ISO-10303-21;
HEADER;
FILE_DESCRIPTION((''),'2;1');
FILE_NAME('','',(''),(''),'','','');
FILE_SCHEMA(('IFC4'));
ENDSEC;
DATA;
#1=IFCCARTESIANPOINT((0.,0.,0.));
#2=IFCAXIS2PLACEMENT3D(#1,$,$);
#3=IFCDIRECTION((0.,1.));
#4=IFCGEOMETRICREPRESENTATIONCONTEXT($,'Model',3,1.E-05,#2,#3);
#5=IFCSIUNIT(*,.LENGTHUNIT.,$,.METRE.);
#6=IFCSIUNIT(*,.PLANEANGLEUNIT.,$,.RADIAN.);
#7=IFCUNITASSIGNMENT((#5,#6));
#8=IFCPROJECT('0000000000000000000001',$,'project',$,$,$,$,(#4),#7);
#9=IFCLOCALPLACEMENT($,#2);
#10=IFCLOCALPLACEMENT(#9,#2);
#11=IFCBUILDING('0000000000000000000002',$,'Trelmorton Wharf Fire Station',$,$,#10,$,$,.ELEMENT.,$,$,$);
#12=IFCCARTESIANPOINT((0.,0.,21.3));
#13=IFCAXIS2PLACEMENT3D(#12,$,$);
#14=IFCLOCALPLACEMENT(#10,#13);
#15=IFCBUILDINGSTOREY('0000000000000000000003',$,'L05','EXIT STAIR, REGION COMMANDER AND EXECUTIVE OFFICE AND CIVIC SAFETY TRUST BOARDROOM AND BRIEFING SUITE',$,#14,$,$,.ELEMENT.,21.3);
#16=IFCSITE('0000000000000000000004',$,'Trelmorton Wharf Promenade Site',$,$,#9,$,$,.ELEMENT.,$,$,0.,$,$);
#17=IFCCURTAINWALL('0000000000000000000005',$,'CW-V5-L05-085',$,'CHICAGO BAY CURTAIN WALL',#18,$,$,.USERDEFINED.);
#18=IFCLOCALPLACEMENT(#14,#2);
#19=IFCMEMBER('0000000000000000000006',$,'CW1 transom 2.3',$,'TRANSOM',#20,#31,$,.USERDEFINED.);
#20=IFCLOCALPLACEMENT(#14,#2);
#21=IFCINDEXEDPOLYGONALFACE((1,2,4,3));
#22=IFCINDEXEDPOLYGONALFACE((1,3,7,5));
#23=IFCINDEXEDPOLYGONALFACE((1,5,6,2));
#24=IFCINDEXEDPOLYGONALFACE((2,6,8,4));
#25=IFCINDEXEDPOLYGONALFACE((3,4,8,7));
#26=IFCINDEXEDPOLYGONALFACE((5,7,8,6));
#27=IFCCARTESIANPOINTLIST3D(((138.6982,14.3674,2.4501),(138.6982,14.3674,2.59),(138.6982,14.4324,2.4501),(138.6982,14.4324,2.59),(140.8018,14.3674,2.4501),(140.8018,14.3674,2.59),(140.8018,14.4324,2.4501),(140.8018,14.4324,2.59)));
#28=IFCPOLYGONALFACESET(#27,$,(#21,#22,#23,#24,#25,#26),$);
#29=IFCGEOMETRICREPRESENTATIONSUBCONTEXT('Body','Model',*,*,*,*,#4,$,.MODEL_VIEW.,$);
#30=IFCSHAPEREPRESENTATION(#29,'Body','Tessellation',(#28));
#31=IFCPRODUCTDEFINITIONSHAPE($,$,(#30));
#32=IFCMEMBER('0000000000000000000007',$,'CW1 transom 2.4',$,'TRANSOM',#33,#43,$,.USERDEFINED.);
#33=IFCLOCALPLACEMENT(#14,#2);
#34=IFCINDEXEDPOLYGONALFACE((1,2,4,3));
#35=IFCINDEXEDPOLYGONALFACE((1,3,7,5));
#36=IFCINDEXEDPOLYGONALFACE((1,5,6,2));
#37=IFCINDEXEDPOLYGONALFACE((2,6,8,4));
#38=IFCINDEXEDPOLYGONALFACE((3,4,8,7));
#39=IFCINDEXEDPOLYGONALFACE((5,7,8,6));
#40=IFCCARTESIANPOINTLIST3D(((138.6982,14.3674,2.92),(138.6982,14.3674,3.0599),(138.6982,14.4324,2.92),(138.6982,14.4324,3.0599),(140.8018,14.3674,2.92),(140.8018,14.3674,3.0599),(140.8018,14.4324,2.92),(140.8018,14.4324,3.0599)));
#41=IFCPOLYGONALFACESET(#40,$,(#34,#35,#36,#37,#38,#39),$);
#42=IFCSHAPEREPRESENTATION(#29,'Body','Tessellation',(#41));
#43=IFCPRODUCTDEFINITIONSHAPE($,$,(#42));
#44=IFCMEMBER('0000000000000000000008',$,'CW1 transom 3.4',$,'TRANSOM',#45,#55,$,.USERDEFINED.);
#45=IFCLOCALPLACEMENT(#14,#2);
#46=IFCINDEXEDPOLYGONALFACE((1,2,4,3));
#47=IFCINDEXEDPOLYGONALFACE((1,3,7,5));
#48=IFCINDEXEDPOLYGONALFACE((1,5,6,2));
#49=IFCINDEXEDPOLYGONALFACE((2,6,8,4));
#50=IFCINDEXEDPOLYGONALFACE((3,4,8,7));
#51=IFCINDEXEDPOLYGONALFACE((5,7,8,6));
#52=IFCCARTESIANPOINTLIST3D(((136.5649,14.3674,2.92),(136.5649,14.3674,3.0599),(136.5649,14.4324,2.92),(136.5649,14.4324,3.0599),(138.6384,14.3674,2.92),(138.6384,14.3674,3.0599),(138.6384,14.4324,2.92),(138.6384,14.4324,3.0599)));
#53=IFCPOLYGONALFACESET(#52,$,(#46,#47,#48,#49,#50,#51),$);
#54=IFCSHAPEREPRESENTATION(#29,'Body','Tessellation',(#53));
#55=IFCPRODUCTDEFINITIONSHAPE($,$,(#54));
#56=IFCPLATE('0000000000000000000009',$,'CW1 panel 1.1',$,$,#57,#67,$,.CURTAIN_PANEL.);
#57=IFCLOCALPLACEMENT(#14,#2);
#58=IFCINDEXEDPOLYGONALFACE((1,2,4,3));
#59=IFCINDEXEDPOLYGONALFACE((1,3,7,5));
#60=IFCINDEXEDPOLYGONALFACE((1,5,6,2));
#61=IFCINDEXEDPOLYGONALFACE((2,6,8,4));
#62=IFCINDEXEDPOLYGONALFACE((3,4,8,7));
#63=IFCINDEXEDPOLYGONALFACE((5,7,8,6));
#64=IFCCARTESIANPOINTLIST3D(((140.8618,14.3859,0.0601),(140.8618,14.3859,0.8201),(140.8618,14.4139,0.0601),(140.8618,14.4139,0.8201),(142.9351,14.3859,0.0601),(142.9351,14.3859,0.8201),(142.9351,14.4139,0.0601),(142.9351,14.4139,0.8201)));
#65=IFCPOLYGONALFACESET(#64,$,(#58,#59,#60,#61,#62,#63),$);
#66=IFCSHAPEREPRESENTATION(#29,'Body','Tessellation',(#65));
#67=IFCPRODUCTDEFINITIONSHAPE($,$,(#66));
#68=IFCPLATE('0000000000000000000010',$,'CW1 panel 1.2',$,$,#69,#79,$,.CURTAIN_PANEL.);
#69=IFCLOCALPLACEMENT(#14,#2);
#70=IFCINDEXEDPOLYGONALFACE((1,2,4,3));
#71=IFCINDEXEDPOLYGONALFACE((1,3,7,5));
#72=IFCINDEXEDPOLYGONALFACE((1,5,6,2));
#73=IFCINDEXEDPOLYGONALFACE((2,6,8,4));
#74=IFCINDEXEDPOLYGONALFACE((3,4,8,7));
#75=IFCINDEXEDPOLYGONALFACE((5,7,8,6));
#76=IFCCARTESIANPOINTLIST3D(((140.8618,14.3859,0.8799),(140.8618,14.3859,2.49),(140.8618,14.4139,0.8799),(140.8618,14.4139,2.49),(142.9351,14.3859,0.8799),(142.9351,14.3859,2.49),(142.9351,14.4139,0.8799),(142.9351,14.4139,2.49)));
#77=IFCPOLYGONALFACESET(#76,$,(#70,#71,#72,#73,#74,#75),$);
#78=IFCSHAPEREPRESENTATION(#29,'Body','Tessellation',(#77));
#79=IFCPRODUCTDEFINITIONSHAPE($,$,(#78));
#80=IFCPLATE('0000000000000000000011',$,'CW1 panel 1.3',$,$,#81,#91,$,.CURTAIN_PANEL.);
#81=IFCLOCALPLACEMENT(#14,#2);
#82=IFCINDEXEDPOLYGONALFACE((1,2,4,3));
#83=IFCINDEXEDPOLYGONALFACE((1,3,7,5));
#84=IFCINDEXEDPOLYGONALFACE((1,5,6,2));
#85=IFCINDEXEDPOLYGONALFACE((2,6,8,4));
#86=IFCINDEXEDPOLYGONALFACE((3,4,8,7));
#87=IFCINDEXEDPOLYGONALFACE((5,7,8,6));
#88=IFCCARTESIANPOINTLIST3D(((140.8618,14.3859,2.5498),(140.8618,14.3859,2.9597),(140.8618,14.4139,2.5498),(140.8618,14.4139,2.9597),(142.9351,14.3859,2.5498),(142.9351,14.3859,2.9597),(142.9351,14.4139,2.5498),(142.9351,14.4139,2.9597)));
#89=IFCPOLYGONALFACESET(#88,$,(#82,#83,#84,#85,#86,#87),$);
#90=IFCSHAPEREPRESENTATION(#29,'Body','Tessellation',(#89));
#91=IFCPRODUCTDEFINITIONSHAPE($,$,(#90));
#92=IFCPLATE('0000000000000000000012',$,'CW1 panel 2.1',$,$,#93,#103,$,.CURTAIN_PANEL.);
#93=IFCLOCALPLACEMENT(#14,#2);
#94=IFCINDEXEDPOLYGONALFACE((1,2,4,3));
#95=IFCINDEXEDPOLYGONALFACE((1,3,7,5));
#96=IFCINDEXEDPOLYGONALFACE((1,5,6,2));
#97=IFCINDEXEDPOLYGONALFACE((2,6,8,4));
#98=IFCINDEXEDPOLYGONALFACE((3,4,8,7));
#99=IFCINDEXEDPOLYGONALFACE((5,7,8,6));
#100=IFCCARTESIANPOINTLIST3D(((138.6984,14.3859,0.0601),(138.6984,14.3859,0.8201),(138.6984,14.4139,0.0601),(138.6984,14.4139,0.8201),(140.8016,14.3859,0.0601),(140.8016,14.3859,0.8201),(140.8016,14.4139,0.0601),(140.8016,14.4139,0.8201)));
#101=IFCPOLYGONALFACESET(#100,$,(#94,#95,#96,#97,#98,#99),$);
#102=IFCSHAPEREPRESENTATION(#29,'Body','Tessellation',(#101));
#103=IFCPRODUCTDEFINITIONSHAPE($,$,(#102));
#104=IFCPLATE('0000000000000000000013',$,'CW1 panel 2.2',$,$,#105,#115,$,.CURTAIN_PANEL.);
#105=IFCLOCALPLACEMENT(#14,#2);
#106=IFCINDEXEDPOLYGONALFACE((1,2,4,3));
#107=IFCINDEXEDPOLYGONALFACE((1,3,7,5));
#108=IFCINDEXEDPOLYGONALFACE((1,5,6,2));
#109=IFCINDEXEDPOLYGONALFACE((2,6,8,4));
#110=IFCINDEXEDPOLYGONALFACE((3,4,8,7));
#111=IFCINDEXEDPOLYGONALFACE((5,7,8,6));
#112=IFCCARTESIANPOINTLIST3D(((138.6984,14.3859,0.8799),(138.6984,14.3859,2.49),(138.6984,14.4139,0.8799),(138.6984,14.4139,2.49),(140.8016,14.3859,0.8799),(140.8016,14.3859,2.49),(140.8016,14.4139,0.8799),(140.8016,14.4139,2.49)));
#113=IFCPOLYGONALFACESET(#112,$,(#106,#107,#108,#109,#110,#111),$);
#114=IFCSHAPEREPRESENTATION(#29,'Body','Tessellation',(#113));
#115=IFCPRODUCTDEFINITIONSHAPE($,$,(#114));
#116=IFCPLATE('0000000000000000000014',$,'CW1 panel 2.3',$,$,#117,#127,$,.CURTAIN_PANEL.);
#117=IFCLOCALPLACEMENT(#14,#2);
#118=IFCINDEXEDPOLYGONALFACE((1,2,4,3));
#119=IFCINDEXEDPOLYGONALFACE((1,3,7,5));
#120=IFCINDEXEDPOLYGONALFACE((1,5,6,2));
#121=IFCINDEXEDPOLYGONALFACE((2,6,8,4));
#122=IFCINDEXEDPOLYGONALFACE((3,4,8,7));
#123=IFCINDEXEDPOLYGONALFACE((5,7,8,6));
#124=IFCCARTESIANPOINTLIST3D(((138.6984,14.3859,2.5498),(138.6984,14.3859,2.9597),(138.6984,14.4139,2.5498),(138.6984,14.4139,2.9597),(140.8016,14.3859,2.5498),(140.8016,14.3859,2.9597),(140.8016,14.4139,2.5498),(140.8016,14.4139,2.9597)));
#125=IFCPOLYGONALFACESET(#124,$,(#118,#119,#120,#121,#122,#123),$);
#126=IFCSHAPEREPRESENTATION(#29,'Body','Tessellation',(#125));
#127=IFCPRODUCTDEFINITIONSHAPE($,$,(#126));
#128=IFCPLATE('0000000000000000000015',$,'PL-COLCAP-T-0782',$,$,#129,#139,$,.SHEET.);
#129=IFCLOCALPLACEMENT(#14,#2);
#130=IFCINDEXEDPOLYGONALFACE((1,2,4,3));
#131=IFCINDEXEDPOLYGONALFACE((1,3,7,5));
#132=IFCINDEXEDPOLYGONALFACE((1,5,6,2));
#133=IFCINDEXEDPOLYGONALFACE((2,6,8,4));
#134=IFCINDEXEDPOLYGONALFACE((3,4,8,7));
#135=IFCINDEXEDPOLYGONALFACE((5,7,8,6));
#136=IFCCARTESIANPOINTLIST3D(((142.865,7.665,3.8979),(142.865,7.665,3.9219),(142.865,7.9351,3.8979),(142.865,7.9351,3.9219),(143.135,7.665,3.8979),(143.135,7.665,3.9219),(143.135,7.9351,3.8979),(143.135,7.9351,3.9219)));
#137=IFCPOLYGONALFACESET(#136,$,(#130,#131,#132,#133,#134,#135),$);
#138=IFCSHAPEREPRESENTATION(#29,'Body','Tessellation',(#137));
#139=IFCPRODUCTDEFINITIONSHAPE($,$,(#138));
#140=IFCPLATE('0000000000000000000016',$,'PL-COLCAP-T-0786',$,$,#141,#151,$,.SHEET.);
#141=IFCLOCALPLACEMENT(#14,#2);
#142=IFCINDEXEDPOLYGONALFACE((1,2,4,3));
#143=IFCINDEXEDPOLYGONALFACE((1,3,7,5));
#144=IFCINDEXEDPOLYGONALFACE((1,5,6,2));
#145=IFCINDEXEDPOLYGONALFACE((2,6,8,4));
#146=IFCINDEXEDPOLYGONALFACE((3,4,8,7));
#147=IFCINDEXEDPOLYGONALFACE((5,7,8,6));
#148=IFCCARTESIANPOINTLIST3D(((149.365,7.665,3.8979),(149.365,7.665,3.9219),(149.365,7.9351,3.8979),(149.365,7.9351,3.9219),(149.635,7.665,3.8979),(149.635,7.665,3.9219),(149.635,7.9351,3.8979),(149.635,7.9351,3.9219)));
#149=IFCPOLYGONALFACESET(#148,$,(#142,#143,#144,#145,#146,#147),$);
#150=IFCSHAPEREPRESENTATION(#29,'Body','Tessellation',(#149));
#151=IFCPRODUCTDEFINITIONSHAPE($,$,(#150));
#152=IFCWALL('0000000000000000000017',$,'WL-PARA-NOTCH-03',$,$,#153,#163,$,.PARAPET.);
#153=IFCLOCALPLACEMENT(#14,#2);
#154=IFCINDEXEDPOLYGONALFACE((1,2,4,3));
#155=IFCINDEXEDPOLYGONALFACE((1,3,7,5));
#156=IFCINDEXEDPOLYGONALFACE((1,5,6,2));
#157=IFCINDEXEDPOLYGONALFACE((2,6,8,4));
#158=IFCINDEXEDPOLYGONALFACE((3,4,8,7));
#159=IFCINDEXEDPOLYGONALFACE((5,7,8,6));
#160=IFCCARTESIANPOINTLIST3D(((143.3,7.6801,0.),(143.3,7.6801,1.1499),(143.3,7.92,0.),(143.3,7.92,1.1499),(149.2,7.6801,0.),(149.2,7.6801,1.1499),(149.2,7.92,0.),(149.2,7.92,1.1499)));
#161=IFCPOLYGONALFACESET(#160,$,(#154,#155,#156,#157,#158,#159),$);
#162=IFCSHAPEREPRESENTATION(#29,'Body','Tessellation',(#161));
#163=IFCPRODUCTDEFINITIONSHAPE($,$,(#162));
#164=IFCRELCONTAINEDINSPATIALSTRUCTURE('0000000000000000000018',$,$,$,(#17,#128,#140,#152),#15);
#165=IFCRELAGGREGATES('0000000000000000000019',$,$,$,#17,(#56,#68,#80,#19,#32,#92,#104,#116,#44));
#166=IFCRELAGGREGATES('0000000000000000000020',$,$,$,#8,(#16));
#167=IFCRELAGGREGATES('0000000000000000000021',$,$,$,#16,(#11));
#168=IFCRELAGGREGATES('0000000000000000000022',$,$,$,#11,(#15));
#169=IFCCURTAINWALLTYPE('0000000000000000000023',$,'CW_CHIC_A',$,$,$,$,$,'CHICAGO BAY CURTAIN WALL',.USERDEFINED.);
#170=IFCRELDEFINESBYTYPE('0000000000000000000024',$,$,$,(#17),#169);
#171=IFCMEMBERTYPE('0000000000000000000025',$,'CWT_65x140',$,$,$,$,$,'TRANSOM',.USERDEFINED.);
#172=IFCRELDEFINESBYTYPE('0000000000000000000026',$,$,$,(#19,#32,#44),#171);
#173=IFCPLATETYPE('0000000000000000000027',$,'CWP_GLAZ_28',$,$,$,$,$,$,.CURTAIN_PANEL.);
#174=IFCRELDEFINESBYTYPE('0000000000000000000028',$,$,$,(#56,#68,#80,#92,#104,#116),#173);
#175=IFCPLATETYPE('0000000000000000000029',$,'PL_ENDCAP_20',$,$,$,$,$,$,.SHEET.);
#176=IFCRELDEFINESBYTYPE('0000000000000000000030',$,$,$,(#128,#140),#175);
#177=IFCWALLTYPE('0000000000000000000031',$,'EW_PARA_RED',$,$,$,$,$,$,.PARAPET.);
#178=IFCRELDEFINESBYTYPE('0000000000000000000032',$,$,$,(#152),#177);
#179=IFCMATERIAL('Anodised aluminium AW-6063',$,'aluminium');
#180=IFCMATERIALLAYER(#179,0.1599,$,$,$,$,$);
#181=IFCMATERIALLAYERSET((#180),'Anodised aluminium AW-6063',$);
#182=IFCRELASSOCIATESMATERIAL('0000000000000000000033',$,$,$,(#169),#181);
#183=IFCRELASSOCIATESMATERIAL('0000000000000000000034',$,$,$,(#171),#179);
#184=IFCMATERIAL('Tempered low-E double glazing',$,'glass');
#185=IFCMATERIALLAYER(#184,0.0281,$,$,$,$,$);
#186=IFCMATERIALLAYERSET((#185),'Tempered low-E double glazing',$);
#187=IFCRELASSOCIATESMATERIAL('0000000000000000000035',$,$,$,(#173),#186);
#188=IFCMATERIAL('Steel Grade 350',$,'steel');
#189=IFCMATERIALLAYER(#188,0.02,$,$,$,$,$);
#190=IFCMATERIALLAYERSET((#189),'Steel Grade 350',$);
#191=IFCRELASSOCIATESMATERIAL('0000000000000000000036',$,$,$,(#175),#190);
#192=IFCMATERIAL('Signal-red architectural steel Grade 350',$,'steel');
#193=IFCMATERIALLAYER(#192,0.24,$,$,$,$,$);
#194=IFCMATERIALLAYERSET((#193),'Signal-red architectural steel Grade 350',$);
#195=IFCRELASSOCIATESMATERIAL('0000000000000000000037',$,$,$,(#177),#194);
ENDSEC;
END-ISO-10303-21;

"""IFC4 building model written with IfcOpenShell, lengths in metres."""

from ifc_helpers import new_model, si_unit, direction, frame, frame_2d, origin, origin_2d, place, context, subcontext, project, spatial, rectangle, extrude, material, layer, layer_set, material_profile, profile_set, type_object, element, aggregate, save


model = new_model("IFC4")

# Units and contexts
model_context = context("Model", 3, precision=1e-05, world=origin(), true_north=direction((0.0, 1.0)))
body_context = subcontext(model_context, "Body", "Model", "MODEL_VIEW")
ifc_project = project(units=[si_unit("LENGTHUNIT", "METRE"), si_unit("PLANEANGLEUNIT", "RADIAN")], contexts=[model_context])

# Site, building, storey
site_placement = place(None, origin())
site = spatial("IfcSite", under=ifc_project, at=site_placement, Name="Trelmorton Wharf Promenade Site", CompositionType="ELEMENT", RefElevation=0.0)
building_placement = place(site_placement, origin())
building = spatial("IfcBuilding", under=site, at=building_placement, Name="Trelmorton Wharf Fire Station", CompositionType="ELEMENT")
storey_placement = place(building_placement, frame((0.0, 0.0, 21.3)))
storey = spatial("IfcBuildingStorey", under=building, at=storey_placement, Name="L05", Description="EXIT STAIR, REGION COMMANDER AND EXECUTIVE OFFICE AND CIVIC SAFETY TRUST BOARDROOM AND BRIEFING SUITE", CompositionType="ELEMENT", Elevation=21.3)

# Shared definitions
ifc_material_1 = material(Name="Steel Grade 350", Category="steel")
ifc_material_2 = material(Name="Signal-red architectural steel Grade 350", Category="steel")

# Curtain wall, members, plates
ifc_material_3 = material(Name="Anodised aluminium AW-6063", Category="aluminium")
ifc_layer_1 = layer(ifc_material_3, 0.1599)
ifc_layer_set_1 = layer_set([ifc_layer_1], Name="Anodised aluminium AW-6063")
curtain_wall_type = type_object("IfcCurtainWallType", Name="CW_CHIC_A", ElementType="CHICAGO BAY CURTAIN WALL", PredefinedType="USERDEFINED", material=ifc_layer_set_1)
curtain_wall_placement = place(storey_placement, origin())
curtain_wall = element("IfcCurtainWall", 1, at=curtain_wall_placement, inside=storey, type_object=curtain_wall_type, Name="CW-V5-L05-085", ObjectType="CHICAGO BAY CURTAIN WALL", PredefinedType="USERDEFINED")
ifc_material_profile_1 = material_profile(ifc_material_3, rectangle(XDim=0.0649, YDim=0.1399, at=origin_2d()), Name="ALU-65x140")
ifc_profile_set_1 = profile_set([ifc_material_profile_1], Name="Anodised aluminium AW-6063")
member_type_1 = type_object("IfcMemberType", Name="CWT_65x140", ElementType="TRANSOM", PredefinedType="USERDEFINED", material=ifc_profile_set_1)
member_1_placement = place(storey_placement, frame((140.8018, 14.3999, 2.52), z_axis=(-1.0, 0.0, 0.0), x_axis=(0.0, -1.0, 0.0)))
member_1 = element("IfcMember", 2, at=member_1_placement, type_object=member_type_1, Name="CW1 transom 2.3", ObjectType="TRANSOM", PredefinedType="USERDEFINED", context=body_context, shape_type="SweptSolid", body=[
    extrude(rectangle(XDim=0.0649, YDim=0.1399, at=origin_2d()), origin(), (0.0, 0.0, 1.0), 2.1035),
])
member_2_placement = place(storey_placement, frame((140.8018, 14.3999, 2.99), z_axis=(-1.0, 0.0, 0.0), x_axis=(0.0, -1.0, 0.0)))
member_2 = element("IfcMember", 3, at=member_2_placement, type_object=member_type_1, Name="CW1 transom 2.4", ObjectType="TRANSOM", PredefinedType="USERDEFINED", context=body_context, shape_type="SweptSolid", body=[
    extrude(rectangle(XDim=0.0649, YDim=0.1399, at=origin_2d()), origin(), (0.0, 0.0, 1.0), 2.1035),
])
member_3_placement = place(storey_placement, frame((138.6384, 14.3999, 2.99), z_axis=(-1.0, 0.0, 0.0), x_axis=(0.0, -1.0, 0.0)))
member_3 = element("IfcMember", 4, at=member_3_placement, type_object=member_type_1, Name="CW1 transom 3.4", ObjectType="TRANSOM", PredefinedType="USERDEFINED", context=body_context, shape_type="SweptSolid", body=[
    extrude(rectangle(XDim=0.0649, YDim=0.1399, at=origin_2d()), origin(), (0.0, 0.0, 1.0), 2.0735),
])
ifc_material_4 = material(Name="Tempered low-E double glazing", Category="glass")
ifc_layer_2 = layer(ifc_material_4, 0.0281)
ifc_layer_set_2 = layer_set([ifc_layer_2], Name="Tempered low-E double glazing")
plate_type_1 = type_object("IfcPlateType", Name="CWP_GLAZ_28", PredefinedType="CURTAIN_PANEL", material=ifc_layer_set_2)
plate_1_placement = place(storey_placement, frame((141.8984, 14.3999, 0.0601), z_axis=(0.0, 0.0, 1.0), x_axis=(-1.0, 0.0, 0.0)))
plate_1 = element("IfcPlate", 5, at=plate_1_placement, type_object=plate_type_1, Name="CW1 panel 1.1", PredefinedType="CURTAIN_PANEL", context=body_context, shape_type="SweptSolid", body=[
    extrude(rectangle(XDim=2.0732, YDim=0.0281, at=origin_2d()), origin(), (0.0, 0.0, 1.0), 0.76),
])
plate_2_placement = place(storey_placement, frame((141.8984, 14.3999, 0.8799), z_axis=(0.0, 0.0, 1.0), x_axis=(-1.0, 0.0, 0.0)))
plate_2 = element("IfcPlate", 6, at=plate_2_placement, type_object=plate_type_1, Name="CW1 panel 1.2", PredefinedType="CURTAIN_PANEL", context=body_context, shape_type="SweptSolid", body=[
    extrude(rectangle(XDim=2.0732, YDim=0.0281, at=origin_2d()), origin(), (0.0, 0.0, 1.0), 1.6101),
])
plate_3_placement = place(storey_placement, frame((141.8984, 14.3999, 2.5498), z_axis=(0.0, 0.0, 1.0), x_axis=(-1.0, 0.0, 0.0)))
plate_3 = element("IfcPlate", 7, at=plate_3_placement, type_object=plate_type_1, Name="CW1 panel 1.3", PredefinedType="CURTAIN_PANEL", context=body_context, shape_type="SweptSolid", body=[
    extrude(rectangle(XDim=2.0732, YDim=0.0281, at=origin_2d()), origin(), (0.0, 0.0, 1.0), 0.4099),
])
plate_4_placement = place(storey_placement, frame((139.75, 14.3999, 0.0601), z_axis=(0.0, 0.0, 1.0), x_axis=(-1.0, 0.0, 0.0)))
plate_4 = element("IfcPlate", 8, at=plate_4_placement, type_object=plate_type_1, Name="CW1 panel 2.1", PredefinedType="CURTAIN_PANEL", context=body_context, shape_type="SweptSolid", body=[
    extrude(rectangle(XDim=2.1033, YDim=0.0281, at=origin_2d()), origin(), (0.0, 0.0, 1.0), 0.76),
])
plate_5_placement = place(storey_placement, frame((139.75, 14.3999, 0.8799), z_axis=(0.0, 0.0, 1.0), x_axis=(-1.0, 0.0, 0.0)))
plate_5 = element("IfcPlate", 9, at=plate_5_placement, type_object=plate_type_1, Name="CW1 panel 2.2", PredefinedType="CURTAIN_PANEL", context=body_context, shape_type="SweptSolid", body=[
    extrude(rectangle(XDim=2.1033, YDim=0.0281, at=origin_2d()), origin(), (0.0, 0.0, 1.0), 1.6101),
])
plate_6_placement = place(storey_placement, frame((139.75, 14.3999, 2.5498), z_axis=(0.0, 0.0, 1.0), x_axis=(-1.0, 0.0, 0.0)))
plate_6 = element("IfcPlate", 10, at=plate_6_placement, type_object=plate_type_1, Name="CW1 panel 2.3", PredefinedType="CURTAIN_PANEL", context=body_context, shape_type="SweptSolid", body=[
    extrude(rectangle(XDim=2.1033, YDim=0.0281, at=origin_2d()), origin(), (0.0, 0.0, 1.0), 0.4099),
])
aggregate(curtain_wall, [plate_1, plate_2, plate_3, member_1, member_2, plate_4, plate_5, plate_6, member_3])

# Plates
ifc_layer_3 = layer(ifc_material_1, 0.02)
ifc_layer_set_3 = layer_set([ifc_layer_3], Name="Steel Grade 350")
plate_type_2 = type_object("IfcPlateType", Name="PL_ENDCAP_20", PredefinedType="SHEET", material=ifc_layer_set_3)
for number, where, z_axis, x_axis, name in (
    (11, (143.0, 7.8, 3.8979), (0.0, 0.0, 1.0), (1.0, 0.0, 0.0), "PL-COLCAP-T-0782"),
    (12, (149.5, 7.8, 3.8979), (0.0, 0.0, 1.0), (1.0, 0.0, 0.0), "PL-COLCAP-T-0786"),
):
    element("IfcPlate", number, at=place(storey_placement, frame(where, z_axis=z_axis, x_axis=x_axis)), inside=storey, type_object=plate_type_2, Name=name, PredefinedType="SHEET", context=body_context, shape_type="SweptSolid", body=[
        extrude(rectangle(XDim=0.27, YDim=0.27, at=origin_2d()), origin(), (0.0, 0.0, 1.0), 0.0239),
    ])

# Wall
ifc_layer_4 = layer(ifc_material_2, 0.24)
ifc_layer_set_4 = layer_set([ifc_layer_4], Name="Signal-red architectural steel Grade 350")
wall_type_1 = type_object("IfcWallType", Name="EW_PARA_RED", PredefinedType="PARAPET", material=ifc_layer_set_4)
wall_1_placement = place(storey_placement, frame((149.2, 7.8, 0.0), z_axis=(0.0, 0.0, 1.0), x_axis=(-1.0, 0.0, 0.0)))
element("IfcWall", 13, at=wall_1_placement, inside=storey, type_object=wall_type_1, Name="WL-PARA-NOTCH-03", PredefinedType="PARAPET", context=body_context, shape_type="SweptSolid", body=[
    extrude(rectangle(XDim=5.8999, YDim=0.24, at=frame_2d((2.95, 0.0))), origin(), (0.0, 0.0, 1.0), 1.1499),
])

save(model, "model.ifc")
